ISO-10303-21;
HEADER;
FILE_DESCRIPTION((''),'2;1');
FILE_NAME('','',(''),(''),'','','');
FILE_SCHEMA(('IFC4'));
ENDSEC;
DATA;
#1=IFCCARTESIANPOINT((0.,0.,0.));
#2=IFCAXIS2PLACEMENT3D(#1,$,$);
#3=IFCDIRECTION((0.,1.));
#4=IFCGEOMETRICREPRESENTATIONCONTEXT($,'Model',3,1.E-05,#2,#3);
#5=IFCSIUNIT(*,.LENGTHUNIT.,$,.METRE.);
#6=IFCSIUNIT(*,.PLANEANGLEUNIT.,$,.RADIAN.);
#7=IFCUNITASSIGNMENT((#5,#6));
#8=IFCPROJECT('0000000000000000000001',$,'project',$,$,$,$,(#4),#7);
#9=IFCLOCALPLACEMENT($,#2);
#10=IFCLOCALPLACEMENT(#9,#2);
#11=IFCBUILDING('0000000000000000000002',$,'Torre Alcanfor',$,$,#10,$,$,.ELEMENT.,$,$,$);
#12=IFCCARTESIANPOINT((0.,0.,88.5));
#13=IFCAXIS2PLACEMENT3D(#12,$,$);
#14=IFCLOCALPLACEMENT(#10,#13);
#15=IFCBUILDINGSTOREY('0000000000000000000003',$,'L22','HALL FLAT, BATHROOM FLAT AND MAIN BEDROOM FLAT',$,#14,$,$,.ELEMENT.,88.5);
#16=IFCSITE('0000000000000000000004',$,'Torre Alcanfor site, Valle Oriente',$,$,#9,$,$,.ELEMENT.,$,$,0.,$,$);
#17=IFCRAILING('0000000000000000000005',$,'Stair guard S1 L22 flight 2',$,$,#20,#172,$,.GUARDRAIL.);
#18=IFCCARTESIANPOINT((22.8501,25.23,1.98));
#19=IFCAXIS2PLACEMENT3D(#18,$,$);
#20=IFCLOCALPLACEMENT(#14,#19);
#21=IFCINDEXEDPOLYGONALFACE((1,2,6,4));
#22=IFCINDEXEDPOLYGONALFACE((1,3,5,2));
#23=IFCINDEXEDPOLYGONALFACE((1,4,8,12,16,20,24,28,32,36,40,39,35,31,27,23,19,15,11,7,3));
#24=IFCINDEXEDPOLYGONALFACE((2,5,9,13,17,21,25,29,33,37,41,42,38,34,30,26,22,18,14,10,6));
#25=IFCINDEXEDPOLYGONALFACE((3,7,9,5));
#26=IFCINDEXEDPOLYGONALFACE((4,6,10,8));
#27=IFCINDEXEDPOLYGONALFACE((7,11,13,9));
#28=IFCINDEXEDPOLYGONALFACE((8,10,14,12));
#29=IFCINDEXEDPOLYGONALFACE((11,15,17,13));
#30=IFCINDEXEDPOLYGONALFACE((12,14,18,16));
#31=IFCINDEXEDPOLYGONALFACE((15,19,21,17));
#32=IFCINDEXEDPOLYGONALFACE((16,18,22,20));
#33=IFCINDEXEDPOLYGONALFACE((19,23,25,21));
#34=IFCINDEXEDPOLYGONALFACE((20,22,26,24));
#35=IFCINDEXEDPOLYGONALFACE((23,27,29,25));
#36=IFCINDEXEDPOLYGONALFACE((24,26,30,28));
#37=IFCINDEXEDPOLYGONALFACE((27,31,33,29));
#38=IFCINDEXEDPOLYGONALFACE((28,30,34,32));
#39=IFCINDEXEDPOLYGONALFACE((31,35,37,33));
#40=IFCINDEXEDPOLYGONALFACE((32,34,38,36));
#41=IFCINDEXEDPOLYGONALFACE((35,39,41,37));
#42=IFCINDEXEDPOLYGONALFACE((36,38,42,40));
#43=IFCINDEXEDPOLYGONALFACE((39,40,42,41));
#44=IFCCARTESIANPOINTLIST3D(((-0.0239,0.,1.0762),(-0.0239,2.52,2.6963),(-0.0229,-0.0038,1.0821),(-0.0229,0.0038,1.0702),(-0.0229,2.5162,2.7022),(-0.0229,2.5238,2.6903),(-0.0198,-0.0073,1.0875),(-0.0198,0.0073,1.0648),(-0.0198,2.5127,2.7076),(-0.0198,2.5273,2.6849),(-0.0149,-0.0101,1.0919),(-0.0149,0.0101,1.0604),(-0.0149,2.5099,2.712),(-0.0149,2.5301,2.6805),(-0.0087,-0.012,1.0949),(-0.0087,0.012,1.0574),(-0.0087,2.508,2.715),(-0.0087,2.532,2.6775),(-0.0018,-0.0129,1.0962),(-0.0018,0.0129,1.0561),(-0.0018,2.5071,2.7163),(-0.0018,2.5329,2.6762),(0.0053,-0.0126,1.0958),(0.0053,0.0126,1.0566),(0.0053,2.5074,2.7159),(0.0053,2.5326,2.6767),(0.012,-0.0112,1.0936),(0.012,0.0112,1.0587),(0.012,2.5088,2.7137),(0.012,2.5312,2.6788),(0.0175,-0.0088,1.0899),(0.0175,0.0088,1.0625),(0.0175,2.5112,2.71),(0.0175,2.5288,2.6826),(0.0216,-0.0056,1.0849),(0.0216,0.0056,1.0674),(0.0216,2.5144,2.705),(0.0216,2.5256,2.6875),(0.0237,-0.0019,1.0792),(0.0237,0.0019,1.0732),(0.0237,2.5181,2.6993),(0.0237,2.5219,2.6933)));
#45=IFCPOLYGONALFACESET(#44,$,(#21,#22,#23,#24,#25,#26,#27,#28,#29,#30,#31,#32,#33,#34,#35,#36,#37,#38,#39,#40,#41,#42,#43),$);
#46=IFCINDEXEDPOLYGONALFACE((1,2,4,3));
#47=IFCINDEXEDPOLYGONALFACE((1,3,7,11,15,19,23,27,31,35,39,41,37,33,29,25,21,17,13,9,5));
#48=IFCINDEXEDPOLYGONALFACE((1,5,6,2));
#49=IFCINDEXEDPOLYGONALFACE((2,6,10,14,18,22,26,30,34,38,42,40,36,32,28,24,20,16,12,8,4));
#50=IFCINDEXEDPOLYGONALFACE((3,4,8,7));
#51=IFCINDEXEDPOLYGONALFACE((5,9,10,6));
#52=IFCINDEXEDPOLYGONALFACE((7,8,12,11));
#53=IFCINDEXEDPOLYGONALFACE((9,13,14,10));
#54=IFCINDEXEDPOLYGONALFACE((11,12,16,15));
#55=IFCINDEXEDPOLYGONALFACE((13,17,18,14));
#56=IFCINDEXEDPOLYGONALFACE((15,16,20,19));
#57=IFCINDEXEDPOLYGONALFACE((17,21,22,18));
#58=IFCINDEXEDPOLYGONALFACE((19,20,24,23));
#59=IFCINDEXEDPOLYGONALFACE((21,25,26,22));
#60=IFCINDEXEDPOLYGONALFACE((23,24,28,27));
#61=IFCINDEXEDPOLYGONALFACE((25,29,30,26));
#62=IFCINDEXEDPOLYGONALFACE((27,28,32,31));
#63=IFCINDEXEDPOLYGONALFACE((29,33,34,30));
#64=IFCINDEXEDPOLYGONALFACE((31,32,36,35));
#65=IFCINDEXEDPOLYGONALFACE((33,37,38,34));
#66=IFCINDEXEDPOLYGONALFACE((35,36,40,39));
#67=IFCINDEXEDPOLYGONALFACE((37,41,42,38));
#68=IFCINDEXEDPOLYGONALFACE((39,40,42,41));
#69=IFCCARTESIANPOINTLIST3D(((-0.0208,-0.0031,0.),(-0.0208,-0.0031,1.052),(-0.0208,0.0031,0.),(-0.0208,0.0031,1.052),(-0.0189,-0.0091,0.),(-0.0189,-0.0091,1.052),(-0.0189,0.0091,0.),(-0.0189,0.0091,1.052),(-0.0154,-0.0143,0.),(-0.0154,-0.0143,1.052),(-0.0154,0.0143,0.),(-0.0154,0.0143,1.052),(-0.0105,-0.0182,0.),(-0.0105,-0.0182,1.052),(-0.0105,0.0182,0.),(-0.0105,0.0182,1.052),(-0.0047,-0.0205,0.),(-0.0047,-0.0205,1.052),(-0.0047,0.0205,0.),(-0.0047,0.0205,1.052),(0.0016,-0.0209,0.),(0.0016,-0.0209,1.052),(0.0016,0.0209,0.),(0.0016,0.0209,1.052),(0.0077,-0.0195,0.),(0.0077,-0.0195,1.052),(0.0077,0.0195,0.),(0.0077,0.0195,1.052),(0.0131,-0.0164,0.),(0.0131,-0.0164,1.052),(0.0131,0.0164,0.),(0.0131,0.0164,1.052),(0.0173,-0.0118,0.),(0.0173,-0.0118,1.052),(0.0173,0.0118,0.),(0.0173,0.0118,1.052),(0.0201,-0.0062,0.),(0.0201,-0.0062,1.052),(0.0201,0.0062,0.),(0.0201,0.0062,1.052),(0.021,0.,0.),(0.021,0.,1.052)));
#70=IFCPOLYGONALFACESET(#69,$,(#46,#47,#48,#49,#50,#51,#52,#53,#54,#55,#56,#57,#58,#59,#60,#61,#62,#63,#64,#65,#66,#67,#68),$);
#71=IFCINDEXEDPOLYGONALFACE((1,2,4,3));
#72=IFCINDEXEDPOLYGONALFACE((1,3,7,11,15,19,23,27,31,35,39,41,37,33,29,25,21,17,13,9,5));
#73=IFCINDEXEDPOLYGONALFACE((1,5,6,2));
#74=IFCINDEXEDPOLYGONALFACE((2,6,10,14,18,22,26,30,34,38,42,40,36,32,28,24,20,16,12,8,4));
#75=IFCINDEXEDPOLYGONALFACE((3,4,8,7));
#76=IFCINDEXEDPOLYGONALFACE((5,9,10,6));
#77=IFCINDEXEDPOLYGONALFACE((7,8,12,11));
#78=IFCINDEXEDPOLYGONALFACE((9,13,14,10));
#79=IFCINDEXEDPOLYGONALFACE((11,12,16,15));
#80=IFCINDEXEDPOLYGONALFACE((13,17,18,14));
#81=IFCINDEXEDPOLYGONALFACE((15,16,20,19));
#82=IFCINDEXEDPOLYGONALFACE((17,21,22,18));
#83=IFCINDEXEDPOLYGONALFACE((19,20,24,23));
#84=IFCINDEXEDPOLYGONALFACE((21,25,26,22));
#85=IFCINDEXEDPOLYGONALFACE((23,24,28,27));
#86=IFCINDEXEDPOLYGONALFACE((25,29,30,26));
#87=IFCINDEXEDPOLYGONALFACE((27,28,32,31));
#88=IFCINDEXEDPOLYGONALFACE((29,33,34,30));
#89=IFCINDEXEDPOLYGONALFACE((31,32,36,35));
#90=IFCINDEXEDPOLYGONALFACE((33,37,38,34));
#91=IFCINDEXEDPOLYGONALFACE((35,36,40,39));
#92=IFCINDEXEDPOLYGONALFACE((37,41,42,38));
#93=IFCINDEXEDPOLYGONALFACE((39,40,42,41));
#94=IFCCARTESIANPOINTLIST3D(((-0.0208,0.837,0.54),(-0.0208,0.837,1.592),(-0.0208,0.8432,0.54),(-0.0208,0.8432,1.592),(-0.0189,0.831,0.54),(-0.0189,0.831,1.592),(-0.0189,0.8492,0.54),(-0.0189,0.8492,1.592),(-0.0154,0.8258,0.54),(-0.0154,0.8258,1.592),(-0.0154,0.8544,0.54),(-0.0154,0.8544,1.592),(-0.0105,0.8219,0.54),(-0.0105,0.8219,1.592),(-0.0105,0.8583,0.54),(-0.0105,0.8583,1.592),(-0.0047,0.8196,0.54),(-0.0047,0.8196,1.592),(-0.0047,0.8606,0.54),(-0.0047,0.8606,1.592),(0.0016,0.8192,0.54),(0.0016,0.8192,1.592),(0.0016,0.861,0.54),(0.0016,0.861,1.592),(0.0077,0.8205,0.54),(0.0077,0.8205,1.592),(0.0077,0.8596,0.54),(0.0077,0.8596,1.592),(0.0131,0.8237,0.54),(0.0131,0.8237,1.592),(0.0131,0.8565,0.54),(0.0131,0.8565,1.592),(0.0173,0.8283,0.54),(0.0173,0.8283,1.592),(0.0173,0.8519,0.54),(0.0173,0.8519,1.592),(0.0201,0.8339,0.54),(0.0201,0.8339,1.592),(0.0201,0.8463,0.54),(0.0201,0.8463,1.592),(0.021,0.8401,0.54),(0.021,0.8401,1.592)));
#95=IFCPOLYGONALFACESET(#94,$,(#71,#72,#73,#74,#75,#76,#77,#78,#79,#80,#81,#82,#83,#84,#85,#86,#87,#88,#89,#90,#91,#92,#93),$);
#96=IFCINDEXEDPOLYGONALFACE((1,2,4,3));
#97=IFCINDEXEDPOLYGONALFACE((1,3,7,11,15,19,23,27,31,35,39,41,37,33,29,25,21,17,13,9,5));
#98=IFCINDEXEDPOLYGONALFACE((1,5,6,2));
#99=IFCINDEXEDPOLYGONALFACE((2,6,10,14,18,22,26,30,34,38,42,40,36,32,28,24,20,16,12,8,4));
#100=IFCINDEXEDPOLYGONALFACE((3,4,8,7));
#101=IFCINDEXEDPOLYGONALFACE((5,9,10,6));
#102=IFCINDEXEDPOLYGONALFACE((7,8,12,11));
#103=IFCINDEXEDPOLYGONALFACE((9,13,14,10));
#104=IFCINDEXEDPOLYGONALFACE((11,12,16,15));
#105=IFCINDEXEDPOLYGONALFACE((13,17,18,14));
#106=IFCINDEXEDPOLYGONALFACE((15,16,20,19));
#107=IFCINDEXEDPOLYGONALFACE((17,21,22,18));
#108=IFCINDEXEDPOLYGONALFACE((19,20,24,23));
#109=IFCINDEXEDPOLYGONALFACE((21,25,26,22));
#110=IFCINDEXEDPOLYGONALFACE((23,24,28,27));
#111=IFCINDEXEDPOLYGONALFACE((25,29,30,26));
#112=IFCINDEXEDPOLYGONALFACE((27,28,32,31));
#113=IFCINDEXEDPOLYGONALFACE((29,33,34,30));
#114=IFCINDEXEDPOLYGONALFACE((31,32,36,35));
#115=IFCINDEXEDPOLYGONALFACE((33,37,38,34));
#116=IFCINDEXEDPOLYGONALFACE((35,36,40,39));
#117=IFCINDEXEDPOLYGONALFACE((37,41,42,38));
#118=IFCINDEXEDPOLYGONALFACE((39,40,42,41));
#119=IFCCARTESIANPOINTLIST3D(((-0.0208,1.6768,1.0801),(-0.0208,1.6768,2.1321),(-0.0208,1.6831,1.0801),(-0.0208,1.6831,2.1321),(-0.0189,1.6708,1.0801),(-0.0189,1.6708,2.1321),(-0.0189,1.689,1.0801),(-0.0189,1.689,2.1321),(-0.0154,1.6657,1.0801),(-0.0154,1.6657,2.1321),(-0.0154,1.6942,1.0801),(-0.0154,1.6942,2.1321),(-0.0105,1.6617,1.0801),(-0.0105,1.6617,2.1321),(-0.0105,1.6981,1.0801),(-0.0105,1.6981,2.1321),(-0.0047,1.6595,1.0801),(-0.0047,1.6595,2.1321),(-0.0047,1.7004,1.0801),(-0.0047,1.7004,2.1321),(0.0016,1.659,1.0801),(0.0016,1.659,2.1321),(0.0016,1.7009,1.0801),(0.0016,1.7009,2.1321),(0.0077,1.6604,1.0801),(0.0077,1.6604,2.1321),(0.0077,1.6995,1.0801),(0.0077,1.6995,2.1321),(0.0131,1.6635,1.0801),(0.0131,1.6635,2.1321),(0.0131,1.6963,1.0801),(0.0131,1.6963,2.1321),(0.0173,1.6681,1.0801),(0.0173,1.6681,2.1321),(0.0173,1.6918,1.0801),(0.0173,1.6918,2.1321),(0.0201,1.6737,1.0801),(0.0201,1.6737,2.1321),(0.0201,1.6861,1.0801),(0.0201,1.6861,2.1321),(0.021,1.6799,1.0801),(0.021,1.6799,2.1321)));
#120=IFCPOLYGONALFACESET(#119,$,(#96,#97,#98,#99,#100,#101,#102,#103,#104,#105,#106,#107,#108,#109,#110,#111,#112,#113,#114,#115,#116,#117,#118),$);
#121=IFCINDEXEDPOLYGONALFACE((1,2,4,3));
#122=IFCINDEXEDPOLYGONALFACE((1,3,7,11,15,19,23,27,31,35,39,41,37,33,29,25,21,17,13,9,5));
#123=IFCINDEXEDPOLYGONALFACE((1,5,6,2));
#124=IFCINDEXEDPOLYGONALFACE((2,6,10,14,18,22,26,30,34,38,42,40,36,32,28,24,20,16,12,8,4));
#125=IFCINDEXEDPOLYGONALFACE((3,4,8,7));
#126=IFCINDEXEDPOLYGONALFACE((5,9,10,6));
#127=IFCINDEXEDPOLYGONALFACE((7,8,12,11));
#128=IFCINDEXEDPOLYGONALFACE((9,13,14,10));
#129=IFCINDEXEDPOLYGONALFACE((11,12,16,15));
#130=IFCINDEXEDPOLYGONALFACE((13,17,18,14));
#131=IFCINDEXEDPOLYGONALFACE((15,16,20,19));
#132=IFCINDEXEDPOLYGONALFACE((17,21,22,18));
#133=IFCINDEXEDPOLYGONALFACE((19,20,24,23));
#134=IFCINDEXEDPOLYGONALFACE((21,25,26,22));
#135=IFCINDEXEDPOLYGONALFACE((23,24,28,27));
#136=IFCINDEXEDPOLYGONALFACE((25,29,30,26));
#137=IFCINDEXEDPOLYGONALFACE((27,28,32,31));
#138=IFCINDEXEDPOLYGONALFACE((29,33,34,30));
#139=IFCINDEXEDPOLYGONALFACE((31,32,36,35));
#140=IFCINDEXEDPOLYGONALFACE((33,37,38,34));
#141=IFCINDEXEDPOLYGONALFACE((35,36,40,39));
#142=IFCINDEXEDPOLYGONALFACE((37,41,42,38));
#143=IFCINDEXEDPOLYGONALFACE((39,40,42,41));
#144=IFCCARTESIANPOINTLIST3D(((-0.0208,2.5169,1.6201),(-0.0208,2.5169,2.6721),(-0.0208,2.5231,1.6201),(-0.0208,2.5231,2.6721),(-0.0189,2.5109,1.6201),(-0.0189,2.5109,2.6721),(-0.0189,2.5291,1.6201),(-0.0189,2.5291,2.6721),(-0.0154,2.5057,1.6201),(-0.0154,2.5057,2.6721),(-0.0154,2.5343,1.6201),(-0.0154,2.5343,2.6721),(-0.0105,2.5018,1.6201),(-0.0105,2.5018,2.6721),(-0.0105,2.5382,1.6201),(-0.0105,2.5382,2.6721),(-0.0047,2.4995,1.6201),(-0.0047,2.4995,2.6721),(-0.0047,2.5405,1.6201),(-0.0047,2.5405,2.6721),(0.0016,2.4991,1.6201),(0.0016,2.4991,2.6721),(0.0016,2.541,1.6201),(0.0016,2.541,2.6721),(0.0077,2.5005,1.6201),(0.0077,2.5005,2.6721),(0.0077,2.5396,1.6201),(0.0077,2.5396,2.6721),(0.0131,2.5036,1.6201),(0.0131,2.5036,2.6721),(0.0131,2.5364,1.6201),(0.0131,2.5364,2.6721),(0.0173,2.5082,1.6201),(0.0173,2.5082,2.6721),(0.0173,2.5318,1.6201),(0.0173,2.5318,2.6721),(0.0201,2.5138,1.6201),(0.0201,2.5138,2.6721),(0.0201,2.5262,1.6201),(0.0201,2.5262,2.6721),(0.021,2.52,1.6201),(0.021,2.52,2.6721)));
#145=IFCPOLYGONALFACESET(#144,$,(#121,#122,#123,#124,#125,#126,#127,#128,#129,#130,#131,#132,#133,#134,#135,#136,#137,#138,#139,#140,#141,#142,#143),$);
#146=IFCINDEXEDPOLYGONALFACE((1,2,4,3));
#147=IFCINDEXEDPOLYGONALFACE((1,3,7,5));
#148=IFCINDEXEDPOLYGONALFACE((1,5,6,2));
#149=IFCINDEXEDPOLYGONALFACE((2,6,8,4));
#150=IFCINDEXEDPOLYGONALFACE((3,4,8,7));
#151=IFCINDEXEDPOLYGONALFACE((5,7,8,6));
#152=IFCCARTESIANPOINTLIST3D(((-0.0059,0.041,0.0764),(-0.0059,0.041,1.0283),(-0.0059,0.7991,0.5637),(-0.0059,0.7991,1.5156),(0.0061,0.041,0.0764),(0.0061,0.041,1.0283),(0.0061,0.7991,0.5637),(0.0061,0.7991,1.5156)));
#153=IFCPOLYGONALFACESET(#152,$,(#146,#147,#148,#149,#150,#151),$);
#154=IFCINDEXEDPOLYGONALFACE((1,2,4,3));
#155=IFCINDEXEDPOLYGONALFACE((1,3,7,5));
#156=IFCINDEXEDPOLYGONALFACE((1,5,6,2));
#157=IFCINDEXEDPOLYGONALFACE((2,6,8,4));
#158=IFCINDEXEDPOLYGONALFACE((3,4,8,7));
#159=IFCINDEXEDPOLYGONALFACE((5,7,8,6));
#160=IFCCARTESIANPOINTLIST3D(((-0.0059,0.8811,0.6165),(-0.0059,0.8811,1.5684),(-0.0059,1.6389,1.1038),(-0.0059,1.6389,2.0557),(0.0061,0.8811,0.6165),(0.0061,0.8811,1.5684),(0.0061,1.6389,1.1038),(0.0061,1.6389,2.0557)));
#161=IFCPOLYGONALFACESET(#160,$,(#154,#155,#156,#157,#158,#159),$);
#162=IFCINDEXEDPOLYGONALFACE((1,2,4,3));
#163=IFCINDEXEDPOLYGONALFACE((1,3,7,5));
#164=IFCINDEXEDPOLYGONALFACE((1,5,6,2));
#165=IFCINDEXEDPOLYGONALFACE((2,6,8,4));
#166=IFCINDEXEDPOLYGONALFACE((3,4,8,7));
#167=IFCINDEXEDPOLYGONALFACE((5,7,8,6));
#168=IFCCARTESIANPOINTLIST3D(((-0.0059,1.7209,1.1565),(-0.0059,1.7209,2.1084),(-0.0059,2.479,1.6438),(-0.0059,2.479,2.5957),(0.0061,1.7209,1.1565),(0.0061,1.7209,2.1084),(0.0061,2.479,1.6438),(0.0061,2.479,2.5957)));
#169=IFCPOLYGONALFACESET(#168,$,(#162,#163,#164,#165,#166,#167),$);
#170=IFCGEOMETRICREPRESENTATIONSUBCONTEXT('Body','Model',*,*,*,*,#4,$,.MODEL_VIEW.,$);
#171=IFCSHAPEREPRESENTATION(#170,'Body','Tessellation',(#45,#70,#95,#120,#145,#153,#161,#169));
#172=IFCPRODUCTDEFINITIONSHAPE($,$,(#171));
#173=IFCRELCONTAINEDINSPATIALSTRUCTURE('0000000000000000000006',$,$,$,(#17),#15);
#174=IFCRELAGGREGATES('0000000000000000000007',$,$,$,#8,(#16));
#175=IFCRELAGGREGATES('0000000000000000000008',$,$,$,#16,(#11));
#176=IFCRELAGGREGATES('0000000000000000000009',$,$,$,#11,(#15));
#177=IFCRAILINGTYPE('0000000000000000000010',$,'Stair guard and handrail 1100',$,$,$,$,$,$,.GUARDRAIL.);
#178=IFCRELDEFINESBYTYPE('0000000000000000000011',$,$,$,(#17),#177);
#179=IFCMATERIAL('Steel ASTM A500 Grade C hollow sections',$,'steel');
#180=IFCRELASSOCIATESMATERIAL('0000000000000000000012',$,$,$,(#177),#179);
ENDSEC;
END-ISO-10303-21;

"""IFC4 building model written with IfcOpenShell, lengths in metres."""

from ifc_helpers import new_model, si_unit, direction, frame, origin, origin_2d, place, context, subcontext, project, spatial, polyline, circle, outline, extrude, material, type_object, element, save


model = new_model("IFC4")

# Units and contexts
model_context = context("Model", 3, precision=1e-05, world=origin(), true_north=direction((0.0, 1.0)))
body_context = subcontext(model_context, "Body", "Model", "MODEL_VIEW")
ifc_project = project(units=[si_unit("LENGTHUNIT", "METRE"), si_unit("PLANEANGLEUNIT", "RADIAN")], contexts=[model_context])

# Site, building, storey
site_placement = place(None, origin())
site = spatial("IfcSite", under=ifc_project, at=site_placement, Name="Torre Alcanfor site, Valle Oriente", CompositionType="ELEMENT", RefElevation=0.0)
building_placement = place(site_placement, origin())
building = spatial("IfcBuilding", under=site, at=building_placement, Name="Torre Alcanfor", CompositionType="ELEMENT")
storey_placement = place(building_placement, frame((0.0, 0.0, 88.5)))
storey = spatial("IfcBuildingStorey", under=building, at=storey_placement, Name="L22", Description="HALL FLAT, BATHROOM FLAT AND MAIN BEDROOM FLAT", CompositionType="ELEMENT", Elevation=88.5)

# Railing
ifc_material_1 = material(Name="Steel ASTM A500 Grade C hollow sections", Category="steel")
railing_type_1 = type_object("IfcRailingType", Name="Stair guard and handrail 1100", PredefinedType="GUARDRAIL", material=ifc_material_1)
railing_1_placement = place(storey_placement, frame((22.8501, 25.23, 1.98)))
element("IfcRailing", 1, at=railing_1_placement, inside=storey, type_object=railing_type_1, Name="Stair guard S1 L22 flight 2", PredefinedType="GUARDRAIL", context=body_context, shape_type="SweptSolid", body=[
    extrude(circle(Radius=0.0239, at=origin_2d()), frame((0.0, 0.0, 1.0762), z_axis=(0.0, 0.841163, 0.540782), x_axis=(-1.0, 0.0, 0.0)), (0.0, 0.0, 1.0), 2.9958),
    extrude(circle(Radius=0.021, at=origin_2d()), origin(), (0.0, 0.0, 1.0), 1.052),
    extrude(circle(Radius=0.021, at=origin_2d()), frame((0.0, 0.8401, 0.54)), (0.0, 0.0, 1.0), 1.052),
    extrude(circle(Radius=0.021, at=origin_2d()), frame((0.0, 1.6799, 1.0801)), (0.0, 0.0, 1.0), 1.052),
    extrude(circle(Radius=0.021, at=origin_2d()), frame((0.0, 2.52, 1.6201)), (0.0, 0.0, 1.0), 1.052),
    extrude(outline(polyline([(0.041, 0.0764), (0.7991, 0.5637), (0.7991, 1.5156), (0.041, 1.0283), (0.041, 0.0764)])), frame((-0.0059, 0.0, 0.0), z_axis=(1.0, 0.0, 0.0), x_axis=(0.0, 1.0, 0.0)), (0.0, 0.0, 1.0), 0.012),
    extrude(outline(polyline([(0.8811, 0.6165), (1.6389, 1.1038), (1.6389, 2.0557), (0.8811, 1.5684), (0.8811, 0.6165)])), frame((-0.0059, 0.0, 0.0), z_axis=(1.0, 0.0, 0.0), x_axis=(0.0, 1.0, 0.0)), (0.0, 0.0, 1.0), 0.012),
    extrude(outline(polyline([(1.7209, 1.1565), (2.479, 1.6438), (2.479, 2.5957), (1.7209, 2.1084), (1.7209, 1.1565)])), frame((-0.0059, 0.0, 0.0), z_axis=(1.0, 0.0, 0.0), x_axis=(0.0, 1.0, 0.0)), (0.0, 0.0, 1.0), 0.012),
])

save(model, "model.ifc")
